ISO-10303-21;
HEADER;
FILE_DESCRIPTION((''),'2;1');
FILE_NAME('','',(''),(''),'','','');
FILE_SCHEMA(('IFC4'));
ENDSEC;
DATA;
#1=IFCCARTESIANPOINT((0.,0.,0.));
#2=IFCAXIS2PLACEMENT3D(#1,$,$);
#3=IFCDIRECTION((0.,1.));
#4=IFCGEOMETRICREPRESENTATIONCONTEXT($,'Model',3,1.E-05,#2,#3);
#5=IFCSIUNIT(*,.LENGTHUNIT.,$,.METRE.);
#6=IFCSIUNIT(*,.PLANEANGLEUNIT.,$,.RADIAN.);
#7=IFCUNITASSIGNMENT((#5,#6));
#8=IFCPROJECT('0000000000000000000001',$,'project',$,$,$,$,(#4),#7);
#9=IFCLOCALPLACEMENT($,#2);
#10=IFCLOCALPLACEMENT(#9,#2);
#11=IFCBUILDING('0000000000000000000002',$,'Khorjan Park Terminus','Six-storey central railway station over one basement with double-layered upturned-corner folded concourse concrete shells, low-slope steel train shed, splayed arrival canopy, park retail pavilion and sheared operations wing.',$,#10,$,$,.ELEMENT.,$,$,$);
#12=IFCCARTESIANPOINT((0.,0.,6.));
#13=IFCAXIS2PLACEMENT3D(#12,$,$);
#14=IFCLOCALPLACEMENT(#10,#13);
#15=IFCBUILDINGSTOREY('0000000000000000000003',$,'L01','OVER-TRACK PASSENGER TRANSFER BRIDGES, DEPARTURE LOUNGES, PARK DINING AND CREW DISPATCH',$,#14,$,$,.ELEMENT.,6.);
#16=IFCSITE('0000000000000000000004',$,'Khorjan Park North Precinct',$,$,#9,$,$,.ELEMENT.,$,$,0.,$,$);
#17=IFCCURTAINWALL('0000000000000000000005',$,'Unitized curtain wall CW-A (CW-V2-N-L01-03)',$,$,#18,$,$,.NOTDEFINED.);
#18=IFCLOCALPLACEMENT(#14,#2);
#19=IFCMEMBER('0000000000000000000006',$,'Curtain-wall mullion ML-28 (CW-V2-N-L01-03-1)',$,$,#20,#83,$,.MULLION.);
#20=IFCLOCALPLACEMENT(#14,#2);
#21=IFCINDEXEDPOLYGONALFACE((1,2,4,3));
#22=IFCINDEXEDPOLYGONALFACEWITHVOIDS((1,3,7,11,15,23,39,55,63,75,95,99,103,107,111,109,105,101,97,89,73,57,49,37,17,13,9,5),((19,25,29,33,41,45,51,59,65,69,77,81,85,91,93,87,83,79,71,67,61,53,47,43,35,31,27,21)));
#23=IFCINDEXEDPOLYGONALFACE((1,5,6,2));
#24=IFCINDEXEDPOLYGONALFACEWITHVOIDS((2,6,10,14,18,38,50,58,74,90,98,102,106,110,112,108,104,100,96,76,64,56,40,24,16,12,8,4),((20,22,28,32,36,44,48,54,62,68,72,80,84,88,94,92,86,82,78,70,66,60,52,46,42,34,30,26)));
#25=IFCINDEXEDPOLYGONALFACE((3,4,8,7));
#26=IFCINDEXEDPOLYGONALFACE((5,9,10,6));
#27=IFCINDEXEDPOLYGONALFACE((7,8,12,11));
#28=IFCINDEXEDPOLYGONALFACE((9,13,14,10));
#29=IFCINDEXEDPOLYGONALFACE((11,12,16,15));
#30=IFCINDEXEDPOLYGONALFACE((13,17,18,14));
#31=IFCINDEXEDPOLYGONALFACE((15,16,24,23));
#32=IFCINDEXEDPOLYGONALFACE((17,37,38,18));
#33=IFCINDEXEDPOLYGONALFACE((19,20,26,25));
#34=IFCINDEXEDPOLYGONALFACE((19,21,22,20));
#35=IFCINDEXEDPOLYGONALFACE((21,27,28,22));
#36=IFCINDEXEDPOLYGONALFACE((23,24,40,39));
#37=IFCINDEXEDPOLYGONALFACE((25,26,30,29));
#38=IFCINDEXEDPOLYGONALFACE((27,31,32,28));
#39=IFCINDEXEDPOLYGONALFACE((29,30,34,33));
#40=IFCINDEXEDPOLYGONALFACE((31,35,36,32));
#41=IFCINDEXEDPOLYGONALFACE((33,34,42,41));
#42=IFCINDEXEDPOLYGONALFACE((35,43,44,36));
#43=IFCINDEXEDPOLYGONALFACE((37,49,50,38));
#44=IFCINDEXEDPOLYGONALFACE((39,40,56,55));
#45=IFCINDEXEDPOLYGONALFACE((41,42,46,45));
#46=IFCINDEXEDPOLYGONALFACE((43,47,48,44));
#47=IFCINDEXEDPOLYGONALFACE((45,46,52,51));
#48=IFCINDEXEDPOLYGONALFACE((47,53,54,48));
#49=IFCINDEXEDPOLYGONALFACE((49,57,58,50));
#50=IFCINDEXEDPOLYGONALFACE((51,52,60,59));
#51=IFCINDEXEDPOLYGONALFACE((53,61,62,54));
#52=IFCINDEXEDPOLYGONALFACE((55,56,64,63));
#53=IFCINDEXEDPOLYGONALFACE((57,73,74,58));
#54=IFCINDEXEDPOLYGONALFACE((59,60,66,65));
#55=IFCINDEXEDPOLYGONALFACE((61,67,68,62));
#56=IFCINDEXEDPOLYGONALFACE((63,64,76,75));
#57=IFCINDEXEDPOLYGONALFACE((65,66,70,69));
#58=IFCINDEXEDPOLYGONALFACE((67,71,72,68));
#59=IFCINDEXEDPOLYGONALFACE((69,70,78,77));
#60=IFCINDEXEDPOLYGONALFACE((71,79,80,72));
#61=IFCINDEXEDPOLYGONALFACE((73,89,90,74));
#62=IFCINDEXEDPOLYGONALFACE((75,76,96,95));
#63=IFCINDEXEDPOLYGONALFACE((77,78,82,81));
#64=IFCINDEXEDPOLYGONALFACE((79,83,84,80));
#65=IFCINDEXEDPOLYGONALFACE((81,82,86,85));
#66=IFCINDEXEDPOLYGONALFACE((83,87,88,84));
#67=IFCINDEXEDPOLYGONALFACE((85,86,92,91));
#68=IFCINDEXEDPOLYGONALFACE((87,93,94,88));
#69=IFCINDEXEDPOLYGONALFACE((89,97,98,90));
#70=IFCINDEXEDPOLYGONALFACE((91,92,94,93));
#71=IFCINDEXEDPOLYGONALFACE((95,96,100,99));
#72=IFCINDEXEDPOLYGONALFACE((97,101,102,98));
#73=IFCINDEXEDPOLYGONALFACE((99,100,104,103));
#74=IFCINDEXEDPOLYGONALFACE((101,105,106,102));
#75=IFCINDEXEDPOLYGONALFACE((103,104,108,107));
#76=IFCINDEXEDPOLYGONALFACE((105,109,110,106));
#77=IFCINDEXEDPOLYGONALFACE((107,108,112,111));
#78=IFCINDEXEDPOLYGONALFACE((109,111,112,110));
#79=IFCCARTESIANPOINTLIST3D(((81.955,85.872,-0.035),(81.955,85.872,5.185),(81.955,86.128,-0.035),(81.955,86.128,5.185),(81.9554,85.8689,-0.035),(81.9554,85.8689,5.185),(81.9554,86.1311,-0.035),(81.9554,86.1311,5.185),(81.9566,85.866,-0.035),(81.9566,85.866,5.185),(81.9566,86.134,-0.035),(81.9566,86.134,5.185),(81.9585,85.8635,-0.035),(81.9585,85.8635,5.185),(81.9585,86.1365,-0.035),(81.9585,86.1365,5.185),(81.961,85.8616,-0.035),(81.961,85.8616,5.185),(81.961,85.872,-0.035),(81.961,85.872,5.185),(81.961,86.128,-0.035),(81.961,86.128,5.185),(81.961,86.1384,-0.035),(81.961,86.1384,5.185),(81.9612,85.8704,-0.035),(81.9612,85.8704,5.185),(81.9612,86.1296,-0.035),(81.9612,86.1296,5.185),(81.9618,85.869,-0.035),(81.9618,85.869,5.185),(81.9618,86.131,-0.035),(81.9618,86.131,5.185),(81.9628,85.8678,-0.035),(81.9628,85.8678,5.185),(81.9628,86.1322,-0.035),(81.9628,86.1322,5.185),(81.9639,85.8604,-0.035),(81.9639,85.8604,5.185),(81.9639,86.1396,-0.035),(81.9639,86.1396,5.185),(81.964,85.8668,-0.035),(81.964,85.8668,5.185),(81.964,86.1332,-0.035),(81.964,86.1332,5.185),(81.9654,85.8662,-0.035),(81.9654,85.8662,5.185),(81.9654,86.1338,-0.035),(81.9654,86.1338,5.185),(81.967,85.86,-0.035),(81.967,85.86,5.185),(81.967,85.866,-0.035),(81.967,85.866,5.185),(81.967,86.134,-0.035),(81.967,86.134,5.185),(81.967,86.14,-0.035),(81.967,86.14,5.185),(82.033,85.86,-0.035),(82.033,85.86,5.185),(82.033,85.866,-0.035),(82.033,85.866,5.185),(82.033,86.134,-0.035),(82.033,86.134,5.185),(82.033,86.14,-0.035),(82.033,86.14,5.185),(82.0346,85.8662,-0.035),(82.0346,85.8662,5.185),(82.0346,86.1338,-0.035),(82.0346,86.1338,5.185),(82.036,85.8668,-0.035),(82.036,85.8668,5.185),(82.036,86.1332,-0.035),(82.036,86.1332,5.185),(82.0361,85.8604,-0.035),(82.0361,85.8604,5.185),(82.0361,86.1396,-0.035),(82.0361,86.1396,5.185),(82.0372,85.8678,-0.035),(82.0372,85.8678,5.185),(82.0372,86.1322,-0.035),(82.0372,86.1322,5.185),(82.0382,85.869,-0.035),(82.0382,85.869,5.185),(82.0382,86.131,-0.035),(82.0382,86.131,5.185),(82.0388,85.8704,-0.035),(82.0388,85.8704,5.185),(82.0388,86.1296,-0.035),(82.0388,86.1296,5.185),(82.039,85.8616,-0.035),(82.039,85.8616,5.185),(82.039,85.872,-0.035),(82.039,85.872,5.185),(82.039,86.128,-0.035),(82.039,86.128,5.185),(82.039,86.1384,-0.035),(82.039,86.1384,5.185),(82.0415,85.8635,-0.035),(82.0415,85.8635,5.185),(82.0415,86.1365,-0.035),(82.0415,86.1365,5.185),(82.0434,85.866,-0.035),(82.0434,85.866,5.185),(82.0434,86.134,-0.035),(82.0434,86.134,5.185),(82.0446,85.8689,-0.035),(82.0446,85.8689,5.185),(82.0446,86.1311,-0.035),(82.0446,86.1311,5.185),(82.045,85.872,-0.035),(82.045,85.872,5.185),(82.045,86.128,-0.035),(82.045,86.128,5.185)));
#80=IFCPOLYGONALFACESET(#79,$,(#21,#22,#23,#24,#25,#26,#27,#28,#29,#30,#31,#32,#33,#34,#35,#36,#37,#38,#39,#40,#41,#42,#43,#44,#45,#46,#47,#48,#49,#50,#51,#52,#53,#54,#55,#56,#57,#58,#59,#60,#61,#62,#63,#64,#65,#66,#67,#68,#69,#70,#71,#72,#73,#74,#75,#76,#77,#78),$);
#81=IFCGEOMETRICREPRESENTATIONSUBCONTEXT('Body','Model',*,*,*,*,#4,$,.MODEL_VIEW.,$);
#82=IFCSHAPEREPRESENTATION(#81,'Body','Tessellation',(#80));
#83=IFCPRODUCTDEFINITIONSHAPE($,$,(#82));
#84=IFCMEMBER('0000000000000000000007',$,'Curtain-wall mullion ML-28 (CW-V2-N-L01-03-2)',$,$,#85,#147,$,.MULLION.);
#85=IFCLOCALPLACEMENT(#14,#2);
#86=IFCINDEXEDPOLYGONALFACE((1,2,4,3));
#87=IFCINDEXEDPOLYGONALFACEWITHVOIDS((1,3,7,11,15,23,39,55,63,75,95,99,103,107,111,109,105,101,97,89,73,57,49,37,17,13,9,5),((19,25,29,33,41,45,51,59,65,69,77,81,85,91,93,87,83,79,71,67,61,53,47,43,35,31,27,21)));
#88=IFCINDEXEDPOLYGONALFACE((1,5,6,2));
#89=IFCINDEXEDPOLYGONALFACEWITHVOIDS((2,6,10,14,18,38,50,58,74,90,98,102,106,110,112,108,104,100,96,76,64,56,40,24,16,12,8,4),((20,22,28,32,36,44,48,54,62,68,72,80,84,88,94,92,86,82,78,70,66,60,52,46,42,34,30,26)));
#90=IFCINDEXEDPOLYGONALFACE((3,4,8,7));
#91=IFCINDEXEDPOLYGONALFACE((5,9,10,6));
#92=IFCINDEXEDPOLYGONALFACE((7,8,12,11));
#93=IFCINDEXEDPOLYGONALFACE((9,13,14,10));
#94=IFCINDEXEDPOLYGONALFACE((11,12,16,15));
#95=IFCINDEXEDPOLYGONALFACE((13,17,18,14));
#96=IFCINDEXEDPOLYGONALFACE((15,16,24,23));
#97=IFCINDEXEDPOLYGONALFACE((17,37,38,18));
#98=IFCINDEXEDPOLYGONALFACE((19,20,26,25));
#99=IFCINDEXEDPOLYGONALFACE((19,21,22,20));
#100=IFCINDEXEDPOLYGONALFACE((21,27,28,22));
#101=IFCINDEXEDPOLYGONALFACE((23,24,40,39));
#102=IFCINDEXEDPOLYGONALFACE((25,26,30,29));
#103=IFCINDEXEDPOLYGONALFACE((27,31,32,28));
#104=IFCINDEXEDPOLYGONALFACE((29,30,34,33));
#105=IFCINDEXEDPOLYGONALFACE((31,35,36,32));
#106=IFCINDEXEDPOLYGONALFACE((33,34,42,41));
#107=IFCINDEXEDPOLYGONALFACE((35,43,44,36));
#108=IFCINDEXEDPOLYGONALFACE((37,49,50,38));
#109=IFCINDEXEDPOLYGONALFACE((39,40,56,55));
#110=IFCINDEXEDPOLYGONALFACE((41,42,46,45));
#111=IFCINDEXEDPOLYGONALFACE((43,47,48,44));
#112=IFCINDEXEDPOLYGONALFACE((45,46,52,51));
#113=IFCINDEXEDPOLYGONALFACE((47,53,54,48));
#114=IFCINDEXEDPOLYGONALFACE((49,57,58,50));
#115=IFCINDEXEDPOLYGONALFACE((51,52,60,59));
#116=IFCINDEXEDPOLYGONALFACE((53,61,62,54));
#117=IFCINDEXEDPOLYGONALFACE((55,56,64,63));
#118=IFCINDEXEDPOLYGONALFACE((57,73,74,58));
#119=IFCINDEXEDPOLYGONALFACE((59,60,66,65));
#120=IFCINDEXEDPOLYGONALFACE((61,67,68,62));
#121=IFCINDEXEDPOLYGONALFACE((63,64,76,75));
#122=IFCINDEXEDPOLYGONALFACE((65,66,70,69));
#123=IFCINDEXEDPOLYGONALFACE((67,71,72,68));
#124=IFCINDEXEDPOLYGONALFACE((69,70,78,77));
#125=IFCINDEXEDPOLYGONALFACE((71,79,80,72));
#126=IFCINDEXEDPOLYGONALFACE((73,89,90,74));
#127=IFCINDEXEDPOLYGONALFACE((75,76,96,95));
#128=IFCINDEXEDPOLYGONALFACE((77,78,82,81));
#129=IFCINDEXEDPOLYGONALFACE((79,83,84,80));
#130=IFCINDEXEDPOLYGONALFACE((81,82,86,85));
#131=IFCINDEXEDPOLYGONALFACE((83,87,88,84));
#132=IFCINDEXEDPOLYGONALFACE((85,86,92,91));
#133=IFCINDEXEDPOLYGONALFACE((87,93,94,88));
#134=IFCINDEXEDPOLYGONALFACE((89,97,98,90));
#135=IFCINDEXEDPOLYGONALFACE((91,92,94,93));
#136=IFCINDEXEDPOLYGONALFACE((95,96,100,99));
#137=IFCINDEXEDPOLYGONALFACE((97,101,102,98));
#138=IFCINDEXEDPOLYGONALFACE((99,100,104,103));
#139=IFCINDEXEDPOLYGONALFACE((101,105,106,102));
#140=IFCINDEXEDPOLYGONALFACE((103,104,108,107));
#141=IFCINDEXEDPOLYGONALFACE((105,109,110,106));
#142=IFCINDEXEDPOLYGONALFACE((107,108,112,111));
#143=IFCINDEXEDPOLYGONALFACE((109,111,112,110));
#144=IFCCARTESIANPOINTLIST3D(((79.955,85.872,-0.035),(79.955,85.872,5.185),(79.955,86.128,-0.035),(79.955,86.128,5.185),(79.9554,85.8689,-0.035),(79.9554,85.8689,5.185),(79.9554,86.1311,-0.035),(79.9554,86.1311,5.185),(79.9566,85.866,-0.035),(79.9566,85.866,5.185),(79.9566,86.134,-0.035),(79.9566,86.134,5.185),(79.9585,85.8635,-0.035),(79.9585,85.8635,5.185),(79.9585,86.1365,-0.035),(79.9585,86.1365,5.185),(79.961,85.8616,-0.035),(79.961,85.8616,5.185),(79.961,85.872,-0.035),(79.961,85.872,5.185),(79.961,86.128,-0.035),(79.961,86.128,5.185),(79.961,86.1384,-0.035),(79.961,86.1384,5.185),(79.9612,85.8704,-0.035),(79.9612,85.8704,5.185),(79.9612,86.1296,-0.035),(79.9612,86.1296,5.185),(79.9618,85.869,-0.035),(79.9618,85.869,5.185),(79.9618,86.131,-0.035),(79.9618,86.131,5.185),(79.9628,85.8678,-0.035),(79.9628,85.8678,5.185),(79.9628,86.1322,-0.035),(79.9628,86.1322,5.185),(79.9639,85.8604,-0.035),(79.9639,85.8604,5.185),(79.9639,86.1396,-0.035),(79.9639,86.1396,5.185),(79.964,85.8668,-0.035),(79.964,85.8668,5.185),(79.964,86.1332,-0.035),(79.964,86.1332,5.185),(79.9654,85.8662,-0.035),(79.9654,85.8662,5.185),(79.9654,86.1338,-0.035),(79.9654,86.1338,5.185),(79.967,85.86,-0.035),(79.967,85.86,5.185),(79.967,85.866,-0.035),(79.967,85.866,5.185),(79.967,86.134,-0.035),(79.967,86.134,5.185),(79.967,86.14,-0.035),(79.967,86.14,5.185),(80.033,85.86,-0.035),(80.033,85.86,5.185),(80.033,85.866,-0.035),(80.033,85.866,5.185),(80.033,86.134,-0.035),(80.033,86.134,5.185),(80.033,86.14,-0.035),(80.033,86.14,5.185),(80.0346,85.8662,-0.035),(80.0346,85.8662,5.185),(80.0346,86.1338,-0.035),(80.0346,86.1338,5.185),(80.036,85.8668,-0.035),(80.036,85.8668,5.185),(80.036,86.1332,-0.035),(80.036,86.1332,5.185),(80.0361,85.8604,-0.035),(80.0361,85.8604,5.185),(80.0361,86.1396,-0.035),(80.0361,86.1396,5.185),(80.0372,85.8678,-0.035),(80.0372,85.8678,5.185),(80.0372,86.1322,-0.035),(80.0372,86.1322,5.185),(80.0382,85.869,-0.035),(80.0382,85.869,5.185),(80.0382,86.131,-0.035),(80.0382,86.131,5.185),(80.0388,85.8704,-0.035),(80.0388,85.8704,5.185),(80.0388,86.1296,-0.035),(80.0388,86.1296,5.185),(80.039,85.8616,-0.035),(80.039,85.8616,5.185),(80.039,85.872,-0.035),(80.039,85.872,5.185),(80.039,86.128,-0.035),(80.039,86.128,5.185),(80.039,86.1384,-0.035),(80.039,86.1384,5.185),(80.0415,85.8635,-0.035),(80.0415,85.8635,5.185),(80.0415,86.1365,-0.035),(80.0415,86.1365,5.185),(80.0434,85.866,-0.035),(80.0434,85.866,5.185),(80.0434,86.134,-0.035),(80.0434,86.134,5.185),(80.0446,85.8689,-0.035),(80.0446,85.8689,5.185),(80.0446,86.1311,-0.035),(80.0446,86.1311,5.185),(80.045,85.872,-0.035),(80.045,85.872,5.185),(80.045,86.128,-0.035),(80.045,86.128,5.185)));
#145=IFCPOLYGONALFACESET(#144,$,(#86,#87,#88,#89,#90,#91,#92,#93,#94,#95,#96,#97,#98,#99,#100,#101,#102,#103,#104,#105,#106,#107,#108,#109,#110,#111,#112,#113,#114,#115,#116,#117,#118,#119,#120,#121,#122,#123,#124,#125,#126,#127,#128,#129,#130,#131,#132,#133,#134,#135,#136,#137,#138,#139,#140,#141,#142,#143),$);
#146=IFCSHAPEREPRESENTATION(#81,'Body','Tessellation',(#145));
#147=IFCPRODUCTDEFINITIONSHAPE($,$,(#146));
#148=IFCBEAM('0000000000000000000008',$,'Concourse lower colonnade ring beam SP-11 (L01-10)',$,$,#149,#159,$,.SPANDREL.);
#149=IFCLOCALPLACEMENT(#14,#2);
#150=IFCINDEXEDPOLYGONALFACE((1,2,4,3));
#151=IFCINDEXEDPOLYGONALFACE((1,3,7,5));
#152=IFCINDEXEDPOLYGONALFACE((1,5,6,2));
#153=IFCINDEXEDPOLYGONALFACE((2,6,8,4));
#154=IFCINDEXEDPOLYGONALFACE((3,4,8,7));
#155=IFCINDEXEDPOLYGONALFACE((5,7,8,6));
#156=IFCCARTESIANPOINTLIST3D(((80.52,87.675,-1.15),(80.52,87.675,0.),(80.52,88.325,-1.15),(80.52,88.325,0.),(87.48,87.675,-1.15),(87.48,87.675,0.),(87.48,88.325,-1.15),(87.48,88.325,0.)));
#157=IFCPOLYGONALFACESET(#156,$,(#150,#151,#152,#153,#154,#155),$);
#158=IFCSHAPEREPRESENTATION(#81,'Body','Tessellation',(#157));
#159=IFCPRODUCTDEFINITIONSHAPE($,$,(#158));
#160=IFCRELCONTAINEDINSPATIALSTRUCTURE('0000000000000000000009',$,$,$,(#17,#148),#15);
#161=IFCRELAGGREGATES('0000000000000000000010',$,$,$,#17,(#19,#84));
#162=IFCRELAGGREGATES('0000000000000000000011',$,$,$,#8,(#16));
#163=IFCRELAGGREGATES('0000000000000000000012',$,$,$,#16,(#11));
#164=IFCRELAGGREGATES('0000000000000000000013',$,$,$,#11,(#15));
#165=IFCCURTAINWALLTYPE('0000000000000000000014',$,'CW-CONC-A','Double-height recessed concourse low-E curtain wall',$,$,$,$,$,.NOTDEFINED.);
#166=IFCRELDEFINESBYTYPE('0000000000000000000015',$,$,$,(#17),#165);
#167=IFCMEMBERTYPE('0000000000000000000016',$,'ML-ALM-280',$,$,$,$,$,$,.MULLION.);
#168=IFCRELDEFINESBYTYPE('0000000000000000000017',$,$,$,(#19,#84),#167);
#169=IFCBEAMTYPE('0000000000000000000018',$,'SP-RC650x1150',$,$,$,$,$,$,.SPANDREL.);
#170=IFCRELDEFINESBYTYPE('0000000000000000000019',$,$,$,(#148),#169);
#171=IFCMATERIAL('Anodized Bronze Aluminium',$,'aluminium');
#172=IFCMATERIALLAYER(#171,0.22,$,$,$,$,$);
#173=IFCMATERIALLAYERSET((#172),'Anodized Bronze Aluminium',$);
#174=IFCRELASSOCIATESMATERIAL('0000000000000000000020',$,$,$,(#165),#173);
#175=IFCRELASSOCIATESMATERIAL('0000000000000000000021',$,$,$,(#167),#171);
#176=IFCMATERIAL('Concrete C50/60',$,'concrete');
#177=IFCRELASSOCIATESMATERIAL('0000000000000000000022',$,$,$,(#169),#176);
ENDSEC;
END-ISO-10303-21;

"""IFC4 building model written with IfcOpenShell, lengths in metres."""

from ifc_helpers import new_model, si_unit, direction, frame, origin, origin_2d, place, context, subcontext, project, spatial, rectangle, hollow_rectangle, extrude, material, layer, layer_set, material_profile, profile_set, type_object, element, aggregate, save


model = new_model("IFC4")

# Units and contexts
model_context = context("Model", 3, precision=1e-05, world=origin(), true_north=direction((0.0, 1.0)))
body_context = subcontext(model_context, "Body", "Model", "MODEL_VIEW")
ifc_project = project(units=[si_unit("LENGTHUNIT", "METRE"), si_unit("PLANEANGLEUNIT", "RADIAN")], contexts=[model_context])

# Site, building, storey
site_placement = place(None, origin())
site = spatial("IfcSite", under=ifc_project, at=site_placement, Name="Khorjan Park North Precinct", CompositionType="ELEMENT", RefElevation=0.0)
building_placement = place(site_placement, origin())
building = spatial("IfcBuilding", under=site, at=building_placement, Name="Khorjan Park Terminus", Description="Six-storey central railway station over one basement with double-layered upturned-corner folded concourse concrete shells, low-slope steel train shed, splayed arrival canopy, park retail pavilion and sheared operations wing.", CompositionType="ELEMENT")
storey_placement = place(building_placement, frame((0.0, 0.0, 6.0)))
storey = spatial("IfcBuildingStorey", under=building, at=storey_placement, Name="L01", Description="OVER-TRACK PASSENGER TRANSFER BRIDGES, DEPARTURE LOUNGES, PARK DINING AND CREW DISPATCH", CompositionType="ELEMENT", Elevation=6.0)

# Shared definitions
ifc_material_1 = material(Name="Concrete C50/60", Category="concrete")

# Curtain wall, members
ifc_material_2 = material(Name="Anodized Bronze Aluminium", Category="aluminium")
ifc_layer_1 = layer(ifc_material_2, 0.22)
ifc_layer_set_1 = layer_set([ifc_layer_1], Name="Anodized Bronze Aluminium")
curtain_wall_type = type_object("IfcCurtainWallType", Name="CW-CONC-A", Description="Double-height recessed concourse low-E curtain wall", PredefinedType="NOTDEFINED", material=ifc_layer_set_1)
curtain_wall_1_placement = place(storey_placement, origin())
curtain_wall_1 = element("IfcCurtainWall", 1, at=curtain_wall_1_placement, inside=storey, type_object=curtain_wall_type, Name="Unitized curtain wall CW-A (CW-V2-N-L01-03)", PredefinedType="NOTDEFINED")
ifc_material_profile_1 = material_profile(ifc_material_2, hollow_rectangle(XDim=0.09, YDim=0.28, WallThickness=0.006, InnerFilletRadius=0.006, OuterFilletRadius=0.012, at=origin_2d()), Name="ALM 90x280x6")
ifc_profile_set_1 = profile_set([ifc_material_profile_1], Name="Anodized Bronze Aluminium")
member_type_1 = type_object("IfcMemberType", Name="ML-ALM-280", PredefinedType="MULLION", material=ifc_profile_set_1)
member_1_placement = place(storey_placement, frame((82.0, 86.0, -0.035), z_axis=(0.0, 0.0, 1.0), x_axis=(-1.0, 0.0, 0.0)))
member_1 = element("IfcMember", 2, at=member_1_placement, type_object=member_type_1, Name="Curtain-wall mullion ML-28 (CW-V2-N-L01-03-1)", PredefinedType="MULLION", context=body_context, shape_type="SweptSolid", body=[
    extrude(hollow_rectangle(XDim=0.09, YDim=0.28, WallThickness=0.006, InnerFilletRadius=0.006, OuterFilletRadius=0.012, at=origin_2d()), origin(), (0.0, 0.0, 1.0), 5.22),
])
member_2_placement = place(storey_placement, frame((80.0, 86.0, -0.035), z_axis=(0.0, 0.0, 1.0), x_axis=(-1.0, 0.0, 0.0)))
member_2 = element("IfcMember", 3, at=member_2_placement, type_object=member_type_1, Name="Curtain-wall mullion ML-28 (CW-V2-N-L01-03-2)", PredefinedType="MULLION", context=body_context, shape_type="SweptSolid", body=[
    extrude(hollow_rectangle(XDim=0.09, YDim=0.28, WallThickness=0.006, InnerFilletRadius=0.006, OuterFilletRadius=0.012, at=origin_2d()), origin(), (0.0, 0.0, 1.0), 5.22),
])

# Beam
ifc_material_profile_2 = material_profile(ifc_material_1, rectangle(XDim=0.65, YDim=1.15, at=origin_2d()), Name="RC 650x1150")
ifc_profile_set_2 = profile_set([ifc_material_profile_2], Name="Concrete C50/60")
beam_type_1 = type_object("IfcBeamType", Name="SP-RC650x1150", PredefinedType="SPANDREL", material=ifc_profile_set_2)
beam_1_placement = place(storey_placement, frame((80.52, 88.0, -0.575), z_axis=(1.0, 0.0, 0.0), x_axis=(0.0, 1.0, 0.0)))
element("IfcBeam", 4, at=beam_1_placement, inside=storey, type_object=beam_type_1, Name="Concourse lower colonnade ring beam SP-11 (L01-10)", PredefinedType="SPANDREL", context=body_context, shape_type="SweptSolid", body=[
    extrude(rectangle(XDim=0.65, YDim=1.15, at=origin_2d()), origin(), (0.0, 0.0, 1.0), 6.96),
])

aggregate(curtain_wall_1, [member_1, member_2])

save(model, "model.ifc")
